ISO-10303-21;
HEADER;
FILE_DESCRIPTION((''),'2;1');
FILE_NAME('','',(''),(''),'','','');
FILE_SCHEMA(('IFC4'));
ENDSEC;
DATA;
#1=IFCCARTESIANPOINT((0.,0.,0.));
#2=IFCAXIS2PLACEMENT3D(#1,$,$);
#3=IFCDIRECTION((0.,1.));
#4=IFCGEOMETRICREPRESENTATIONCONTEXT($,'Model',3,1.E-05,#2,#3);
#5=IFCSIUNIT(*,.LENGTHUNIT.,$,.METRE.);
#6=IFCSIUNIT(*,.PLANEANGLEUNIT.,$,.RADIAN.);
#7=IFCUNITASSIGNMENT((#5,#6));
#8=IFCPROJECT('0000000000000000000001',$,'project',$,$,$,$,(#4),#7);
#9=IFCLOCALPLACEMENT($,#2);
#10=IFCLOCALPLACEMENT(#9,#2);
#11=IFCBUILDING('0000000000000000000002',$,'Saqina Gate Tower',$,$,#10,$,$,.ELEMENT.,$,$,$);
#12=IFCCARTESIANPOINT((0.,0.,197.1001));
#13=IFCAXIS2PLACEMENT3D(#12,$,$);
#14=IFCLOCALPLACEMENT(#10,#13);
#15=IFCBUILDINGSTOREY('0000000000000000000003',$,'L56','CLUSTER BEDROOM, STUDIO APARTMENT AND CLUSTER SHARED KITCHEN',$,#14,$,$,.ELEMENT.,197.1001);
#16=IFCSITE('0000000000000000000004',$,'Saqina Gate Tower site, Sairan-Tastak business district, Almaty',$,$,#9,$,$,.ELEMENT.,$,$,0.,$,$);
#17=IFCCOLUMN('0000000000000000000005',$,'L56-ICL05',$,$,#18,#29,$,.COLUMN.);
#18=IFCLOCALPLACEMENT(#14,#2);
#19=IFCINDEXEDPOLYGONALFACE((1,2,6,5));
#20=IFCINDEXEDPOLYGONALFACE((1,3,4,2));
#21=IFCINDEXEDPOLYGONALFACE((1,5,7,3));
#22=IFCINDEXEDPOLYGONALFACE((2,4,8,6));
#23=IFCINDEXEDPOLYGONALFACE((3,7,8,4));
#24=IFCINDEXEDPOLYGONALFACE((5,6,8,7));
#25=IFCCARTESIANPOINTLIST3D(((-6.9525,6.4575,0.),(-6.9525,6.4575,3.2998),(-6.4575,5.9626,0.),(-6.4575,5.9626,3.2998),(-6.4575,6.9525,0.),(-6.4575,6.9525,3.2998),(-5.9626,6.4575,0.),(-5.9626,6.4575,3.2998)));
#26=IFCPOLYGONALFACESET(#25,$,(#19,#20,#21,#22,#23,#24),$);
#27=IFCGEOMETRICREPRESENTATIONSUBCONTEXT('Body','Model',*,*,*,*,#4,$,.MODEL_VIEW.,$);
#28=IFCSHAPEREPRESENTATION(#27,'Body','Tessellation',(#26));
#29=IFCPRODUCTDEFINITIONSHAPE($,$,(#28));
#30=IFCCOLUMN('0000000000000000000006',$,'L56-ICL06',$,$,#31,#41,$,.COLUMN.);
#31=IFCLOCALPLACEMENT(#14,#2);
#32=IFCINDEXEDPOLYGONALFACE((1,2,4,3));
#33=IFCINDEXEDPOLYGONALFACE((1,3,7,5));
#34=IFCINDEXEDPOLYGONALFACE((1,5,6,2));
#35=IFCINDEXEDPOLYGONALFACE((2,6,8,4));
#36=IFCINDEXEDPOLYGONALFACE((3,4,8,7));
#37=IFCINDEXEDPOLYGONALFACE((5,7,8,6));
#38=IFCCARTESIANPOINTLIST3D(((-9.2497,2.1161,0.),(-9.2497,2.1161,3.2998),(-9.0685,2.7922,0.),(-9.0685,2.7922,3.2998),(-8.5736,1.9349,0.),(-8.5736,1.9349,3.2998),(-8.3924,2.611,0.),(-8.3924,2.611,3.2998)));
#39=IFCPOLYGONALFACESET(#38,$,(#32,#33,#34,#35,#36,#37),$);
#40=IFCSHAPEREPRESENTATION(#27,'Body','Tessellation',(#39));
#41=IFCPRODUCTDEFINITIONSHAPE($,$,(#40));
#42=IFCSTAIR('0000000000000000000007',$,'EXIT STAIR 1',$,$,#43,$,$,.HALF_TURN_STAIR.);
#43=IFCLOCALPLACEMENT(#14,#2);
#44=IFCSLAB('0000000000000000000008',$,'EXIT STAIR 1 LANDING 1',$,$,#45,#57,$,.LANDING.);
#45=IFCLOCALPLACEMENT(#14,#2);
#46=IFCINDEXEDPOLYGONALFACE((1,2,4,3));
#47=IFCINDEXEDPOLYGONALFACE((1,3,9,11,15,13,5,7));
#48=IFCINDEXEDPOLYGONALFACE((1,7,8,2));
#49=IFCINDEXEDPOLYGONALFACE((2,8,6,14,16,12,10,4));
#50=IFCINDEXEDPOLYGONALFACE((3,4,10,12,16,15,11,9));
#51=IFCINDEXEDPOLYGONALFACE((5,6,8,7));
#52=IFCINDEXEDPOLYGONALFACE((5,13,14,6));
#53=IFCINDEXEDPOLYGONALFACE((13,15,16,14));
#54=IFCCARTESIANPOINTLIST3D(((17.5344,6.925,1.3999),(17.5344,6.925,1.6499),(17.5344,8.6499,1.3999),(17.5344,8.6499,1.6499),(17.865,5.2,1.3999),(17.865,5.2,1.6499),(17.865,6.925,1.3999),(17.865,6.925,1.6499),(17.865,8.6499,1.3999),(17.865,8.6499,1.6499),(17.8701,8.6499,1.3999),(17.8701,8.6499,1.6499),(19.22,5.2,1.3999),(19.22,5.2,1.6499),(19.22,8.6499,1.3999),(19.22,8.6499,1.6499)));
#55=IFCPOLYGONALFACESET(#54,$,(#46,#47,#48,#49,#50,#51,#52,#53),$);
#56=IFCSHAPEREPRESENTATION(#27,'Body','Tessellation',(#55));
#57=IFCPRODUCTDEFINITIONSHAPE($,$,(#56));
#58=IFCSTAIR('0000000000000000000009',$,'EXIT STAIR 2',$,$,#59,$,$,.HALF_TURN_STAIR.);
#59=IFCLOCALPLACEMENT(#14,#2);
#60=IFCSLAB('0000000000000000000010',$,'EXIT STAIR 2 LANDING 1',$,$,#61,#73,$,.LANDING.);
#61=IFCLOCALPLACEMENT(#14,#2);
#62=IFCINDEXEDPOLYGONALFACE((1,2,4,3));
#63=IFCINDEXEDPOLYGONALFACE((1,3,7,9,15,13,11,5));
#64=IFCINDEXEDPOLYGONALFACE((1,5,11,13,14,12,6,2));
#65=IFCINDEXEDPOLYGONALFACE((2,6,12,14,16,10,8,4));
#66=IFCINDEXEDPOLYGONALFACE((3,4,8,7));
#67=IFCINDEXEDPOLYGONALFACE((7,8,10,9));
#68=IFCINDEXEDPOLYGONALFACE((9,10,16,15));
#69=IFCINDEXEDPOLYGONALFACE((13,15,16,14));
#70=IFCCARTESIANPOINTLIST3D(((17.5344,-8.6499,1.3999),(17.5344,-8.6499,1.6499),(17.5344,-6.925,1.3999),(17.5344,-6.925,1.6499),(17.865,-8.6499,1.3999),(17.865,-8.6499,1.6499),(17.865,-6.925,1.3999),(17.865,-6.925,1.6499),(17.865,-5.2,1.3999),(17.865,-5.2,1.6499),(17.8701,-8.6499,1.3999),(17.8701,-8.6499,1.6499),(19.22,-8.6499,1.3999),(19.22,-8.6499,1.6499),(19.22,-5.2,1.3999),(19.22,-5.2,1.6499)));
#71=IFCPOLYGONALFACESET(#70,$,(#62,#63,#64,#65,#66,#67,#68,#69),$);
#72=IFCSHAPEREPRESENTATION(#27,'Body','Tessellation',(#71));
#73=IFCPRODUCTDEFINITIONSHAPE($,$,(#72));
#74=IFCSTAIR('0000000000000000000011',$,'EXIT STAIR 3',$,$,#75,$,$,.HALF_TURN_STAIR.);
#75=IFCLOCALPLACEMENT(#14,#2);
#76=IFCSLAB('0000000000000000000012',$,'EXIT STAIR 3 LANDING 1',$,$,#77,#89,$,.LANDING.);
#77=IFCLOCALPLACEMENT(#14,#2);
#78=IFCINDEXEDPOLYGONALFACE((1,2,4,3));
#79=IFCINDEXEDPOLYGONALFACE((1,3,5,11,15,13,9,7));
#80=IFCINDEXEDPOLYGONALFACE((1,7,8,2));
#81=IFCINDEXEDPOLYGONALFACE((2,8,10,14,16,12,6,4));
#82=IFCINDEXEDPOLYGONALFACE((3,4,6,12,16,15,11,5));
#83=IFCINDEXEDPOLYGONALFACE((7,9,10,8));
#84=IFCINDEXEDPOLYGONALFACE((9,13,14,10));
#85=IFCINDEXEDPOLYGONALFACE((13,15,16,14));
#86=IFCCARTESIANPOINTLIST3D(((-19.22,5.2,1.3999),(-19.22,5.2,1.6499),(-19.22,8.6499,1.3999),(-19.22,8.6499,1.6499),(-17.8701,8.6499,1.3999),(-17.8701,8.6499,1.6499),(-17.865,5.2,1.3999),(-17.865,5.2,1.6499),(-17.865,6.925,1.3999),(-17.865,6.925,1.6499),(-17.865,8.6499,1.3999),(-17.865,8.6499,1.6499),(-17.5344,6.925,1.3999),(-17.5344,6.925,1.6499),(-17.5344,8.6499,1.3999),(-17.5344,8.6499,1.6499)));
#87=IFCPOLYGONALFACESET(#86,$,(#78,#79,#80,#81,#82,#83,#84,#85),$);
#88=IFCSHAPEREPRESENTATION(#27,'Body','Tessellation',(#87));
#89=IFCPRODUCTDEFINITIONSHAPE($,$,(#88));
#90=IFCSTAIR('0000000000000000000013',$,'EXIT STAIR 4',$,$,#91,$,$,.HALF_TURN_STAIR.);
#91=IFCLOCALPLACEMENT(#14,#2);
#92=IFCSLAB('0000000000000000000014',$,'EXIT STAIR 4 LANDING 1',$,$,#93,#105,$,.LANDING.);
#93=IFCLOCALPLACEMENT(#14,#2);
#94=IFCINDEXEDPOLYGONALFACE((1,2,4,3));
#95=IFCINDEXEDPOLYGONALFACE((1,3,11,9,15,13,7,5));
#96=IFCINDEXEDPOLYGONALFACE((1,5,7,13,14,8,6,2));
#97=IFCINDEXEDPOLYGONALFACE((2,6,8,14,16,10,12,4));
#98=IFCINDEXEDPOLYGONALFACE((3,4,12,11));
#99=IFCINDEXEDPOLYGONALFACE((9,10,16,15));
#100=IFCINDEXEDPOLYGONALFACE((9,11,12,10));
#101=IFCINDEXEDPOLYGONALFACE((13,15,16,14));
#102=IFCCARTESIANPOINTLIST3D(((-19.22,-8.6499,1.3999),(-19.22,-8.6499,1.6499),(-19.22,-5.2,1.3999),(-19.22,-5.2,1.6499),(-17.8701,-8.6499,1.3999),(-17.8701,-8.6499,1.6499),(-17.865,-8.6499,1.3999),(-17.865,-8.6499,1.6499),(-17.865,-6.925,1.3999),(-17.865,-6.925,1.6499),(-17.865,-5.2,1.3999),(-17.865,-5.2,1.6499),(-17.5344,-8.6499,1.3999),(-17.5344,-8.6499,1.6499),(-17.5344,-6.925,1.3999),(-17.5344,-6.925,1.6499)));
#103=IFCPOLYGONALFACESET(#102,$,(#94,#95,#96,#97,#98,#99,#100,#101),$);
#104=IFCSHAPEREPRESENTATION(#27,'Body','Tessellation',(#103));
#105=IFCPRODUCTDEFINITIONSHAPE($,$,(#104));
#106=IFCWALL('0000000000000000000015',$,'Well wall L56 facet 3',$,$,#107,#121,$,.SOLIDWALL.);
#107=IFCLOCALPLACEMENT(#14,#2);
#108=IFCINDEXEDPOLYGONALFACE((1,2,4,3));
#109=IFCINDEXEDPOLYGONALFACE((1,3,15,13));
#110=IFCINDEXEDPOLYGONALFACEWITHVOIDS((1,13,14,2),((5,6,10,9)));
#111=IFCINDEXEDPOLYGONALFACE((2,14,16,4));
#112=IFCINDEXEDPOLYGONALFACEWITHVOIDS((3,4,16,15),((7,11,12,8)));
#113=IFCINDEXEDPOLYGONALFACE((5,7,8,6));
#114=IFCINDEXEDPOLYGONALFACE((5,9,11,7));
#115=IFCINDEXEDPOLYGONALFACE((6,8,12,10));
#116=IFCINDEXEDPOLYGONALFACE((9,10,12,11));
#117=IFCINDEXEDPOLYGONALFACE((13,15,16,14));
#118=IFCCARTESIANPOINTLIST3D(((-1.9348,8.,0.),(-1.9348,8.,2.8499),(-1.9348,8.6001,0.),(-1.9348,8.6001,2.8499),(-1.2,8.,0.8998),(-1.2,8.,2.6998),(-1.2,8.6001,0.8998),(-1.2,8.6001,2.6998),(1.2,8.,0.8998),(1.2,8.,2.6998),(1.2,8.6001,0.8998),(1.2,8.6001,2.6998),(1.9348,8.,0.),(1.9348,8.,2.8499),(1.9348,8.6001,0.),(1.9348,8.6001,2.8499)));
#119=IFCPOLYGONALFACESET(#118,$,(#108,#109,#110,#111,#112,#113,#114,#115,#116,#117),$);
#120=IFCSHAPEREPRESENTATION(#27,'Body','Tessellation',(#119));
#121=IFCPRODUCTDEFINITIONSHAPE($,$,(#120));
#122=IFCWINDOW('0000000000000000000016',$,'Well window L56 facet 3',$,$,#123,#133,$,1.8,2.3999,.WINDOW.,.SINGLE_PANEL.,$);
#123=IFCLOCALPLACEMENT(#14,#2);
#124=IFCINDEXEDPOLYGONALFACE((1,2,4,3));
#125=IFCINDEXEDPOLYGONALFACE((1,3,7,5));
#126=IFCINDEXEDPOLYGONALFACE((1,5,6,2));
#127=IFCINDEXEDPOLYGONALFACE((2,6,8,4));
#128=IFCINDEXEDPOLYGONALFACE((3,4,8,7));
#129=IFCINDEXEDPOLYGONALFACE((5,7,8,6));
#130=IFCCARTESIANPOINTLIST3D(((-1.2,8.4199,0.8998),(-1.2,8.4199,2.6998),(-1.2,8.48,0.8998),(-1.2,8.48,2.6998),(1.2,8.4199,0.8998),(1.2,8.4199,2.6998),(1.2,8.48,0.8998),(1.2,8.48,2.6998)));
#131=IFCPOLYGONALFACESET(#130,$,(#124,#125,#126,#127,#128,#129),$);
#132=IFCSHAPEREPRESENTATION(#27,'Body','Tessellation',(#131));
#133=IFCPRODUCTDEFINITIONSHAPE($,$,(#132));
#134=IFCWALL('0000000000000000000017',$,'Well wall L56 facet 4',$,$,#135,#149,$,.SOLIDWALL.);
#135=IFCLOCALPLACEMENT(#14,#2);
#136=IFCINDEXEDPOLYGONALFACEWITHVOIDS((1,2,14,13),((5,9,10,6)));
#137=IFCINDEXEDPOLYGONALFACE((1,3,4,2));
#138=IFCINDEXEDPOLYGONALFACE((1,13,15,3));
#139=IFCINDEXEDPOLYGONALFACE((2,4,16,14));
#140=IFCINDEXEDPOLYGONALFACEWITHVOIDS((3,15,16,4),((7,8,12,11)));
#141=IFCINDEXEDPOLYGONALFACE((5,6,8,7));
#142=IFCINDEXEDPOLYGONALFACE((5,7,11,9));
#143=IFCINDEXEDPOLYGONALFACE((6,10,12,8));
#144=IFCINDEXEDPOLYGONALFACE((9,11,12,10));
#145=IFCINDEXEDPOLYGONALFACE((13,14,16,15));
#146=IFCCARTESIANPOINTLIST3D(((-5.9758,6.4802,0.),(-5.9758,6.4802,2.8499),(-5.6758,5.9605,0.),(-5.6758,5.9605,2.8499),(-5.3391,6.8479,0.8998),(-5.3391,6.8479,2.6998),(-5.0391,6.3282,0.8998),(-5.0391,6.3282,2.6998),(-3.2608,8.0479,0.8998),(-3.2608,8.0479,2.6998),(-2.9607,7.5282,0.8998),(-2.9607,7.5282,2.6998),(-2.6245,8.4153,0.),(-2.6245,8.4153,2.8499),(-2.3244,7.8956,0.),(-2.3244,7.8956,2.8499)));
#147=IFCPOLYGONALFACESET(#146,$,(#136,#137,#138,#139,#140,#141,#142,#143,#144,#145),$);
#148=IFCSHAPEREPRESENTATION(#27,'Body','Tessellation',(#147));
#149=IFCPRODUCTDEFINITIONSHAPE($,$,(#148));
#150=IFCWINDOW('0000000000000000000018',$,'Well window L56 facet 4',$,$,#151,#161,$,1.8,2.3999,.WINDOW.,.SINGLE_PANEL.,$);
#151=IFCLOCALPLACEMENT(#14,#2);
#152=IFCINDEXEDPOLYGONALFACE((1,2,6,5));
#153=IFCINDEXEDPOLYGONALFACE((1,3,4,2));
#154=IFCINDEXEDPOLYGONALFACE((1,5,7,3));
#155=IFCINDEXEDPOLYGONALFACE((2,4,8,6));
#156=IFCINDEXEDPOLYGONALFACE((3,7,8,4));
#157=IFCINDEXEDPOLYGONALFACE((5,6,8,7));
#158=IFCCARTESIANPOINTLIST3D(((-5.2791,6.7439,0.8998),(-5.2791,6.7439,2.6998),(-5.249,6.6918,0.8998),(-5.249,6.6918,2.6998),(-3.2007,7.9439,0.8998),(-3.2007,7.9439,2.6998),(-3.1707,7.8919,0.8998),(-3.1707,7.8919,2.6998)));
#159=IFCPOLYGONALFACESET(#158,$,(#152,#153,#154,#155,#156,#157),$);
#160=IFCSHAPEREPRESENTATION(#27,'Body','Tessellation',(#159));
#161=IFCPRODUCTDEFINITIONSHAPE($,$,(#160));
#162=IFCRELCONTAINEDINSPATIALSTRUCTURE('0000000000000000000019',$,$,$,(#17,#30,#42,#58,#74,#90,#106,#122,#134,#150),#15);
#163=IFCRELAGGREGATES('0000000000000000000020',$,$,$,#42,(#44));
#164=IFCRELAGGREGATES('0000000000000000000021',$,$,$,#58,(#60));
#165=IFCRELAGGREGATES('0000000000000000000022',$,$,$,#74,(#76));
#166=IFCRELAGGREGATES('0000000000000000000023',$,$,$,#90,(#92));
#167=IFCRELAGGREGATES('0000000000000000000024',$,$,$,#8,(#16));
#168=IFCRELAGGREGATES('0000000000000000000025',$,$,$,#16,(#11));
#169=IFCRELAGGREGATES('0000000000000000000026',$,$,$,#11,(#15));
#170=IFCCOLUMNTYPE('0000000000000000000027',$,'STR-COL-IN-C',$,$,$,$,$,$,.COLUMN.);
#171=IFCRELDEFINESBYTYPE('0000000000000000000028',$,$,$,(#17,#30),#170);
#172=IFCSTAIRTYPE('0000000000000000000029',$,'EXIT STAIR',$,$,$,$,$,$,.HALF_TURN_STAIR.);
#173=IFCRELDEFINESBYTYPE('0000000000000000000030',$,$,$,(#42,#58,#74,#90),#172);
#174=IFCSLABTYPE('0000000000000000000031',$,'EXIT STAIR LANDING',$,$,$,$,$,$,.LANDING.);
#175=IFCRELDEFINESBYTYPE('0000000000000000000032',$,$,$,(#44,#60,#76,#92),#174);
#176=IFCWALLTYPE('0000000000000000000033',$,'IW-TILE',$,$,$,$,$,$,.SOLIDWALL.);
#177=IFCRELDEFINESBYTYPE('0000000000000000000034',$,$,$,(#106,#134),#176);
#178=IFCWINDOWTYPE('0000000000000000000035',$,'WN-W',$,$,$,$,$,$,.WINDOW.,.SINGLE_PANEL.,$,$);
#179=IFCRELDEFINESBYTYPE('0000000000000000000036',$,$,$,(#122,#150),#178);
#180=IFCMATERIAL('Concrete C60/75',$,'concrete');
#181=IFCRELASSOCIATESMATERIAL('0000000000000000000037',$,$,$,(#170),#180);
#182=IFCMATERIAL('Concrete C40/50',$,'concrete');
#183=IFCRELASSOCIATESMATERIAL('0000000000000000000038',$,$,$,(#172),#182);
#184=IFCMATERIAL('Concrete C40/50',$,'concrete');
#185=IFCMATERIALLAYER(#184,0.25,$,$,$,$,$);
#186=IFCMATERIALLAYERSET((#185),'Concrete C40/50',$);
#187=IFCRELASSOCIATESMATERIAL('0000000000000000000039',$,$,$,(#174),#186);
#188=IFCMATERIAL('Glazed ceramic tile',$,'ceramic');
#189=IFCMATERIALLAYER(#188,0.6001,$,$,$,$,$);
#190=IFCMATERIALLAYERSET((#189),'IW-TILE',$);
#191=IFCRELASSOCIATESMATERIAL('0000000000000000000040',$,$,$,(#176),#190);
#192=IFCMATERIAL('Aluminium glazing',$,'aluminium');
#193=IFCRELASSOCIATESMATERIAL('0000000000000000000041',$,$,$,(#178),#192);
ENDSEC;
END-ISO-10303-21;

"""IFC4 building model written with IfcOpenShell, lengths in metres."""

from ifc_helpers import new_model, si_unit, direction, frame, frame_2d, origin, origin_2d, place, context, subcontext, project, spatial, polyline, rectangle, outline, extrude, material, layer, layer_set, material_profile, profile_set, type_object, element, fill, aggregate, save


model = new_model("IFC4")

# Units and contexts
model_context = context("Model", 3, precision=1e-05, world=origin(), true_north=direction((0.0, 1.0)))
body_context = subcontext(model_context, "Body", "Model", "MODEL_VIEW")
ifc_project = project(units=[si_unit("LENGTHUNIT", "METRE"), si_unit("PLANEANGLEUNIT", "RADIAN")], contexts=[model_context])

# Site, building, storey
site_placement = place(None, origin())
site = spatial("IfcSite", under=ifc_project, at=site_placement, Name="Saqina Gate Tower site, Sairan-Tastak business district, Almaty", CompositionType="ELEMENT", RefElevation=0.0)
building_placement = place(site_placement, origin())
building = spatial("IfcBuilding", under=site, at=building_placement, Name="Saqina Gate Tower", CompositionType="ELEMENT")
storey_placement = place(building_placement, frame((0.0, 0.0, 197.1001)))
storey = spatial("IfcBuildingStorey", under=building, at=storey_placement, Name="L56", Description="CLUSTER BEDROOM, STUDIO APARTMENT AND CLUSTER SHARED KITCHEN", CompositionType="ELEMENT", Elevation=197.1001)

# Columns
ifc_material_1 = material(Name="Concrete C60/75", Category="concrete")
ifc_material_profile = material_profile(ifc_material_1, rectangle(XDim=0.7, YDim=0.7, at=origin_2d()), Name="RC 700x700")
ifc_profile_set = profile_set([ifc_material_profile], Name="Concrete C60/75")
column_type = type_object("IfcColumnType", Name="STR-COL-IN-C", PredefinedType="COLUMN", material=ifc_profile_set)
for number, where, z_axis, x_axis, name in (
    (1, (-6.4575, 6.4575, 0.0), (0.0, 0.0, 1.0), (-0.707107, 0.707107, 0.0), "L56-ICL05"),
    (2, (-8.821, 2.3635, 0.0), (0.0, 0.0, 1.0), (-0.965926, 0.258819, 0.0), "L56-ICL06"),
):
    element("IfcColumn", number, at=place(storey_placement, frame(where, z_axis=z_axis, x_axis=x_axis)), inside=storey, type_object=column_type, Name=name, PredefinedType="COLUMN", context=body_context, shape_type="SweptSolid", body=[
        extrude(rectangle(XDim=0.7, YDim=0.7, at=origin_2d()), origin(), (0.0, 0.0, 1.0), 3.2998),
    ])

# Stairs, slabs
ifc_material_2 = material(Name="Concrete C40/50", Category="concrete")
stair_type = type_object("IfcStairType", Name="EXIT STAIR", PredefinedType="HALF_TURN_STAIR", material=ifc_material_2)
stair_1_placement = place(storey_placement, origin())
stair_1 = element("IfcStair", 3, at=stair_1_placement, inside=storey, type_object=stair_type, Name="EXIT STAIR 1", PredefinedType="HALF_TURN_STAIR")
ifc_material_3 = material(Name="Concrete C40/50", Category="concrete")
ifc_layer_1 = layer(ifc_material_3, 0.25)
ifc_layer_set_1 = layer_set([ifc_layer_1], Name="Concrete C40/50")
slab_type = type_object("IfcSlabType", Name="EXIT STAIR LANDING", PredefinedType="LANDING", material=ifc_layer_set_1)
slab_1_placement = place(storey_placement, frame((0.0, 0.0, 1.3999)))
slab_1 = element("IfcSlab", 4, at=slab_1_placement, type_object=slab_type, Name="EXIT STAIR 1 LANDING 1", PredefinedType="LANDING", context=body_context, shape_type="SweptSolid", body=[
    extrude(outline(polyline([(19.22, 8.6499), (19.22, 5.2), (17.865, 5.2), (17.865, 6.925), (17.5344, 6.925), (17.5344, 8.6499), (17.865, 8.6499), (17.8701, 8.6499), (19.22, 8.6499)])), origin(), (0.0, 0.0, 1.0), 0.25),
])
aggregate(stair_1, [slab_1])
stair_2_placement = place(storey_placement, origin())
stair_2 = element("IfcStair", 5, at=stair_2_placement, inside=storey, type_object=stair_type, Name="EXIT STAIR 2", PredefinedType="HALF_TURN_STAIR")
slab_2_placement = place(storey_placement, frame((0.0, 0.0, 1.3999)))
slab_2 = element("IfcSlab", 6, at=slab_2_placement, type_object=slab_type, Name="EXIT STAIR 2 LANDING 1", PredefinedType="LANDING", context=body_context, shape_type="SweptSolid", body=[
    extrude(outline(polyline([(17.5344, -8.6499), (17.5344, -6.925), (17.865, -6.925), (17.865, -5.2), (19.22, -5.2), (19.22, -8.6499), (17.8701, -8.6499), (17.865, -8.6499), (17.5344, -8.6499)])), origin(), (0.0, 0.0, 1.0), 0.25),
])
aggregate(stair_2, [slab_2])
stair_3_placement = place(storey_placement, origin())
stair_3 = element("IfcStair", 7, at=stair_3_placement, inside=storey, type_object=stair_type, Name="EXIT STAIR 3", PredefinedType="HALF_TURN_STAIR")
slab_3_placement = place(storey_placement, frame((0.0, 0.0, 1.3999)))
slab_3 = element("IfcSlab", 8, at=slab_3_placement, type_object=slab_type, Name="EXIT STAIR 3 LANDING 1", PredefinedType="LANDING", context=body_context, shape_type="SweptSolid", body=[
    extrude(outline(polyline([(-17.865, 5.2), (-19.22, 5.2), (-19.22, 8.6499), (-17.8701, 8.6499), (-17.865, 8.6499), (-17.5344, 8.6499), (-17.5344, 6.925), (-17.865, 6.925), (-17.865, 5.2)])), origin(), (0.0, 0.0, 1.0), 0.25),
])
aggregate(stair_3, [slab_3])
stair_4_placement = place(storey_placement, origin())
stair_4 = element("IfcStair", 9, at=stair_4_placement, inside=storey, type_object=stair_type, Name="EXIT STAIR 4", PredefinedType="HALF_TURN_STAIR")
slab_4_placement = place(storey_placement, frame((0.0, 0.0, 1.3999)))
slab_4 = element("IfcSlab", 10, at=slab_4_placement, type_object=slab_type, Name="EXIT STAIR 4 LANDING 1", PredefinedType="LANDING", context=body_context, shape_type="SweptSolid", body=[
    extrude(outline(polyline([(-17.5344, -6.925), (-17.5344, -8.6499), (-17.865, -8.6499), (-17.8701, -8.6499), (-19.22, -8.6499), (-19.22, -5.2), (-17.865, -5.2), (-17.865, -6.925), (-17.5344, -6.925)])), origin(), (0.0, 0.0, 1.0), 0.25),
])
aggregate(stair_4, [slab_4])

# Walls, openings, windows
ifc_material_4 = material(Name="Glazed ceramic tile", Category="ceramic")
ifc_layer_2 = layer(ifc_material_4, 0.6001)
ifc_layer_set_2 = layer_set([ifc_layer_2], Name="IW-TILE")
wall_type_1 = type_object("IfcWallType", Name="IW-TILE", PredefinedType="SOLIDWALL", material=ifc_layer_set_2)
wall_1_placement = place(storey_placement, frame((1.9348, 8.3, 0.0), z_axis=(0.0, 0.0, 1.0), x_axis=(-1.0, 0.0, 0.0)))
wall_1 = element("IfcWall", 11, at=wall_1_placement, inside=storey, type_object=wall_type_1, Name="Well wall L56 facet 3", PredefinedType="SOLIDWALL", context=body_context, shape_type="SweptSolid", body=[
    extrude(rectangle(XDim=3.8696, YDim=0.6001, at=frame_2d((1.9348, 0.0))), origin(), (0.0, 0.0, 1.0), 2.8499),
])
opening_1_placement = place(wall_1_placement, frame((0.7349, 0.0, 0.8999)))
opening_1 = element("IfcOpeningElement", 12, at=opening_1_placement, cuts=wall_1, PredefinedType="OPENING", context=body_context, shape_type="SweptSolid", body=[
    extrude(rectangle(XDim=2.3999, YDim=1.8, at=frame_2d((1.2, 0.8999))), frame((0.0, 0.312, 0.0), z_axis=(0.0, -1.0, 0.0), x_axis=(1.0, 0.0, 0.0)), (0.0, 0.0, 1.0), 0.624),
])
ifc_material_5 = material(Name="Aluminium glazing", Category="aluminium")
window_type = type_object("IfcWindowType", Name="WN-W", PartitioningType="SINGLE_PANEL", PredefinedType="WINDOW", material=ifc_material_5)
window_1_placement = place(opening_1_placement, origin())
window_1 = element("IfcWindow", 13, at=window_1_placement, inside=storey, type_object=window_type, Name="Well window L56 facet 3", OverallHeight=1.8, OverallWidth=2.3999, PartitioningType="SINGLE_PANEL", PredefinedType="WINDOW", context=body_context, shape_type="SweptSolid", body=[
    extrude(rectangle(XDim=2.3999, YDim=1.8, at=frame_2d((1.2, 0.8999))), frame((0.0, -0.1199, 0.0), z_axis=(0.0, -1.0, 0.0), x_axis=(1.0, 0.0, 0.0)), (0.0, 0.0, 1.0), 0.0601),
])
fill(opening_1, window_1)
wall_2_placement = place(storey_placement, frame((-2.4744, 8.1555, 0.0), z_axis=(0.0, 0.0, 1.0), x_axis=(-0.866006, -0.500034, 0.0)))
wall_2 = element("IfcWall", 14, at=wall_2_placement, inside=storey, type_object=wall_type_1, Name="Well wall L56 facet 4", PredefinedType="SOLIDWALL", context=body_context, shape_type="SweptSolid", body=[
    extrude(rectangle(XDim=3.8699, YDim=0.6001, at=frame_2d((1.9351, 0.0))), origin(), (0.0, 0.0, 1.0), 2.8499),
])
opening_2_placement = place(wall_2_placement, frame((0.7349, 0.0, 0.8999)))
opening_2 = element("IfcOpeningElement", 15, at=opening_2_placement, cuts=wall_2, PredefinedType="OPENING", context=body_context, shape_type="SweptSolid", body=[
    extrude(rectangle(XDim=2.3999, YDim=1.8, at=frame_2d((1.2, 0.8999))), frame((0.0, 0.312, 0.0), z_axis=(0.0, -1.0, 0.0), x_axis=(1.0, 0.0, 0.0)), (0.0, 0.0, 1.0), 0.624),
])
window_2_placement = place(opening_2_placement, origin())
window_2 = element("IfcWindow", 16, at=window_2_placement, inside=storey, type_object=window_type, Name="Well window L56 facet 4", OverallHeight=1.8, OverallWidth=2.3999, PartitioningType="SINGLE_PANEL", PredefinedType="WINDOW", context=body_context, shape_type="SweptSolid", body=[
    extrude(rectangle(XDim=2.3999, YDim=1.8, at=frame_2d((1.2, 0.8999))), frame((0.0, -0.1199, 0.0), z_axis=(0.0, -1.0, 0.0), x_axis=(1.0, 0.0, 0.0)), (0.0, 0.0, 1.0), 0.0601),
])
fill(opening_2, window_2)

save(model, "model.ifc")
